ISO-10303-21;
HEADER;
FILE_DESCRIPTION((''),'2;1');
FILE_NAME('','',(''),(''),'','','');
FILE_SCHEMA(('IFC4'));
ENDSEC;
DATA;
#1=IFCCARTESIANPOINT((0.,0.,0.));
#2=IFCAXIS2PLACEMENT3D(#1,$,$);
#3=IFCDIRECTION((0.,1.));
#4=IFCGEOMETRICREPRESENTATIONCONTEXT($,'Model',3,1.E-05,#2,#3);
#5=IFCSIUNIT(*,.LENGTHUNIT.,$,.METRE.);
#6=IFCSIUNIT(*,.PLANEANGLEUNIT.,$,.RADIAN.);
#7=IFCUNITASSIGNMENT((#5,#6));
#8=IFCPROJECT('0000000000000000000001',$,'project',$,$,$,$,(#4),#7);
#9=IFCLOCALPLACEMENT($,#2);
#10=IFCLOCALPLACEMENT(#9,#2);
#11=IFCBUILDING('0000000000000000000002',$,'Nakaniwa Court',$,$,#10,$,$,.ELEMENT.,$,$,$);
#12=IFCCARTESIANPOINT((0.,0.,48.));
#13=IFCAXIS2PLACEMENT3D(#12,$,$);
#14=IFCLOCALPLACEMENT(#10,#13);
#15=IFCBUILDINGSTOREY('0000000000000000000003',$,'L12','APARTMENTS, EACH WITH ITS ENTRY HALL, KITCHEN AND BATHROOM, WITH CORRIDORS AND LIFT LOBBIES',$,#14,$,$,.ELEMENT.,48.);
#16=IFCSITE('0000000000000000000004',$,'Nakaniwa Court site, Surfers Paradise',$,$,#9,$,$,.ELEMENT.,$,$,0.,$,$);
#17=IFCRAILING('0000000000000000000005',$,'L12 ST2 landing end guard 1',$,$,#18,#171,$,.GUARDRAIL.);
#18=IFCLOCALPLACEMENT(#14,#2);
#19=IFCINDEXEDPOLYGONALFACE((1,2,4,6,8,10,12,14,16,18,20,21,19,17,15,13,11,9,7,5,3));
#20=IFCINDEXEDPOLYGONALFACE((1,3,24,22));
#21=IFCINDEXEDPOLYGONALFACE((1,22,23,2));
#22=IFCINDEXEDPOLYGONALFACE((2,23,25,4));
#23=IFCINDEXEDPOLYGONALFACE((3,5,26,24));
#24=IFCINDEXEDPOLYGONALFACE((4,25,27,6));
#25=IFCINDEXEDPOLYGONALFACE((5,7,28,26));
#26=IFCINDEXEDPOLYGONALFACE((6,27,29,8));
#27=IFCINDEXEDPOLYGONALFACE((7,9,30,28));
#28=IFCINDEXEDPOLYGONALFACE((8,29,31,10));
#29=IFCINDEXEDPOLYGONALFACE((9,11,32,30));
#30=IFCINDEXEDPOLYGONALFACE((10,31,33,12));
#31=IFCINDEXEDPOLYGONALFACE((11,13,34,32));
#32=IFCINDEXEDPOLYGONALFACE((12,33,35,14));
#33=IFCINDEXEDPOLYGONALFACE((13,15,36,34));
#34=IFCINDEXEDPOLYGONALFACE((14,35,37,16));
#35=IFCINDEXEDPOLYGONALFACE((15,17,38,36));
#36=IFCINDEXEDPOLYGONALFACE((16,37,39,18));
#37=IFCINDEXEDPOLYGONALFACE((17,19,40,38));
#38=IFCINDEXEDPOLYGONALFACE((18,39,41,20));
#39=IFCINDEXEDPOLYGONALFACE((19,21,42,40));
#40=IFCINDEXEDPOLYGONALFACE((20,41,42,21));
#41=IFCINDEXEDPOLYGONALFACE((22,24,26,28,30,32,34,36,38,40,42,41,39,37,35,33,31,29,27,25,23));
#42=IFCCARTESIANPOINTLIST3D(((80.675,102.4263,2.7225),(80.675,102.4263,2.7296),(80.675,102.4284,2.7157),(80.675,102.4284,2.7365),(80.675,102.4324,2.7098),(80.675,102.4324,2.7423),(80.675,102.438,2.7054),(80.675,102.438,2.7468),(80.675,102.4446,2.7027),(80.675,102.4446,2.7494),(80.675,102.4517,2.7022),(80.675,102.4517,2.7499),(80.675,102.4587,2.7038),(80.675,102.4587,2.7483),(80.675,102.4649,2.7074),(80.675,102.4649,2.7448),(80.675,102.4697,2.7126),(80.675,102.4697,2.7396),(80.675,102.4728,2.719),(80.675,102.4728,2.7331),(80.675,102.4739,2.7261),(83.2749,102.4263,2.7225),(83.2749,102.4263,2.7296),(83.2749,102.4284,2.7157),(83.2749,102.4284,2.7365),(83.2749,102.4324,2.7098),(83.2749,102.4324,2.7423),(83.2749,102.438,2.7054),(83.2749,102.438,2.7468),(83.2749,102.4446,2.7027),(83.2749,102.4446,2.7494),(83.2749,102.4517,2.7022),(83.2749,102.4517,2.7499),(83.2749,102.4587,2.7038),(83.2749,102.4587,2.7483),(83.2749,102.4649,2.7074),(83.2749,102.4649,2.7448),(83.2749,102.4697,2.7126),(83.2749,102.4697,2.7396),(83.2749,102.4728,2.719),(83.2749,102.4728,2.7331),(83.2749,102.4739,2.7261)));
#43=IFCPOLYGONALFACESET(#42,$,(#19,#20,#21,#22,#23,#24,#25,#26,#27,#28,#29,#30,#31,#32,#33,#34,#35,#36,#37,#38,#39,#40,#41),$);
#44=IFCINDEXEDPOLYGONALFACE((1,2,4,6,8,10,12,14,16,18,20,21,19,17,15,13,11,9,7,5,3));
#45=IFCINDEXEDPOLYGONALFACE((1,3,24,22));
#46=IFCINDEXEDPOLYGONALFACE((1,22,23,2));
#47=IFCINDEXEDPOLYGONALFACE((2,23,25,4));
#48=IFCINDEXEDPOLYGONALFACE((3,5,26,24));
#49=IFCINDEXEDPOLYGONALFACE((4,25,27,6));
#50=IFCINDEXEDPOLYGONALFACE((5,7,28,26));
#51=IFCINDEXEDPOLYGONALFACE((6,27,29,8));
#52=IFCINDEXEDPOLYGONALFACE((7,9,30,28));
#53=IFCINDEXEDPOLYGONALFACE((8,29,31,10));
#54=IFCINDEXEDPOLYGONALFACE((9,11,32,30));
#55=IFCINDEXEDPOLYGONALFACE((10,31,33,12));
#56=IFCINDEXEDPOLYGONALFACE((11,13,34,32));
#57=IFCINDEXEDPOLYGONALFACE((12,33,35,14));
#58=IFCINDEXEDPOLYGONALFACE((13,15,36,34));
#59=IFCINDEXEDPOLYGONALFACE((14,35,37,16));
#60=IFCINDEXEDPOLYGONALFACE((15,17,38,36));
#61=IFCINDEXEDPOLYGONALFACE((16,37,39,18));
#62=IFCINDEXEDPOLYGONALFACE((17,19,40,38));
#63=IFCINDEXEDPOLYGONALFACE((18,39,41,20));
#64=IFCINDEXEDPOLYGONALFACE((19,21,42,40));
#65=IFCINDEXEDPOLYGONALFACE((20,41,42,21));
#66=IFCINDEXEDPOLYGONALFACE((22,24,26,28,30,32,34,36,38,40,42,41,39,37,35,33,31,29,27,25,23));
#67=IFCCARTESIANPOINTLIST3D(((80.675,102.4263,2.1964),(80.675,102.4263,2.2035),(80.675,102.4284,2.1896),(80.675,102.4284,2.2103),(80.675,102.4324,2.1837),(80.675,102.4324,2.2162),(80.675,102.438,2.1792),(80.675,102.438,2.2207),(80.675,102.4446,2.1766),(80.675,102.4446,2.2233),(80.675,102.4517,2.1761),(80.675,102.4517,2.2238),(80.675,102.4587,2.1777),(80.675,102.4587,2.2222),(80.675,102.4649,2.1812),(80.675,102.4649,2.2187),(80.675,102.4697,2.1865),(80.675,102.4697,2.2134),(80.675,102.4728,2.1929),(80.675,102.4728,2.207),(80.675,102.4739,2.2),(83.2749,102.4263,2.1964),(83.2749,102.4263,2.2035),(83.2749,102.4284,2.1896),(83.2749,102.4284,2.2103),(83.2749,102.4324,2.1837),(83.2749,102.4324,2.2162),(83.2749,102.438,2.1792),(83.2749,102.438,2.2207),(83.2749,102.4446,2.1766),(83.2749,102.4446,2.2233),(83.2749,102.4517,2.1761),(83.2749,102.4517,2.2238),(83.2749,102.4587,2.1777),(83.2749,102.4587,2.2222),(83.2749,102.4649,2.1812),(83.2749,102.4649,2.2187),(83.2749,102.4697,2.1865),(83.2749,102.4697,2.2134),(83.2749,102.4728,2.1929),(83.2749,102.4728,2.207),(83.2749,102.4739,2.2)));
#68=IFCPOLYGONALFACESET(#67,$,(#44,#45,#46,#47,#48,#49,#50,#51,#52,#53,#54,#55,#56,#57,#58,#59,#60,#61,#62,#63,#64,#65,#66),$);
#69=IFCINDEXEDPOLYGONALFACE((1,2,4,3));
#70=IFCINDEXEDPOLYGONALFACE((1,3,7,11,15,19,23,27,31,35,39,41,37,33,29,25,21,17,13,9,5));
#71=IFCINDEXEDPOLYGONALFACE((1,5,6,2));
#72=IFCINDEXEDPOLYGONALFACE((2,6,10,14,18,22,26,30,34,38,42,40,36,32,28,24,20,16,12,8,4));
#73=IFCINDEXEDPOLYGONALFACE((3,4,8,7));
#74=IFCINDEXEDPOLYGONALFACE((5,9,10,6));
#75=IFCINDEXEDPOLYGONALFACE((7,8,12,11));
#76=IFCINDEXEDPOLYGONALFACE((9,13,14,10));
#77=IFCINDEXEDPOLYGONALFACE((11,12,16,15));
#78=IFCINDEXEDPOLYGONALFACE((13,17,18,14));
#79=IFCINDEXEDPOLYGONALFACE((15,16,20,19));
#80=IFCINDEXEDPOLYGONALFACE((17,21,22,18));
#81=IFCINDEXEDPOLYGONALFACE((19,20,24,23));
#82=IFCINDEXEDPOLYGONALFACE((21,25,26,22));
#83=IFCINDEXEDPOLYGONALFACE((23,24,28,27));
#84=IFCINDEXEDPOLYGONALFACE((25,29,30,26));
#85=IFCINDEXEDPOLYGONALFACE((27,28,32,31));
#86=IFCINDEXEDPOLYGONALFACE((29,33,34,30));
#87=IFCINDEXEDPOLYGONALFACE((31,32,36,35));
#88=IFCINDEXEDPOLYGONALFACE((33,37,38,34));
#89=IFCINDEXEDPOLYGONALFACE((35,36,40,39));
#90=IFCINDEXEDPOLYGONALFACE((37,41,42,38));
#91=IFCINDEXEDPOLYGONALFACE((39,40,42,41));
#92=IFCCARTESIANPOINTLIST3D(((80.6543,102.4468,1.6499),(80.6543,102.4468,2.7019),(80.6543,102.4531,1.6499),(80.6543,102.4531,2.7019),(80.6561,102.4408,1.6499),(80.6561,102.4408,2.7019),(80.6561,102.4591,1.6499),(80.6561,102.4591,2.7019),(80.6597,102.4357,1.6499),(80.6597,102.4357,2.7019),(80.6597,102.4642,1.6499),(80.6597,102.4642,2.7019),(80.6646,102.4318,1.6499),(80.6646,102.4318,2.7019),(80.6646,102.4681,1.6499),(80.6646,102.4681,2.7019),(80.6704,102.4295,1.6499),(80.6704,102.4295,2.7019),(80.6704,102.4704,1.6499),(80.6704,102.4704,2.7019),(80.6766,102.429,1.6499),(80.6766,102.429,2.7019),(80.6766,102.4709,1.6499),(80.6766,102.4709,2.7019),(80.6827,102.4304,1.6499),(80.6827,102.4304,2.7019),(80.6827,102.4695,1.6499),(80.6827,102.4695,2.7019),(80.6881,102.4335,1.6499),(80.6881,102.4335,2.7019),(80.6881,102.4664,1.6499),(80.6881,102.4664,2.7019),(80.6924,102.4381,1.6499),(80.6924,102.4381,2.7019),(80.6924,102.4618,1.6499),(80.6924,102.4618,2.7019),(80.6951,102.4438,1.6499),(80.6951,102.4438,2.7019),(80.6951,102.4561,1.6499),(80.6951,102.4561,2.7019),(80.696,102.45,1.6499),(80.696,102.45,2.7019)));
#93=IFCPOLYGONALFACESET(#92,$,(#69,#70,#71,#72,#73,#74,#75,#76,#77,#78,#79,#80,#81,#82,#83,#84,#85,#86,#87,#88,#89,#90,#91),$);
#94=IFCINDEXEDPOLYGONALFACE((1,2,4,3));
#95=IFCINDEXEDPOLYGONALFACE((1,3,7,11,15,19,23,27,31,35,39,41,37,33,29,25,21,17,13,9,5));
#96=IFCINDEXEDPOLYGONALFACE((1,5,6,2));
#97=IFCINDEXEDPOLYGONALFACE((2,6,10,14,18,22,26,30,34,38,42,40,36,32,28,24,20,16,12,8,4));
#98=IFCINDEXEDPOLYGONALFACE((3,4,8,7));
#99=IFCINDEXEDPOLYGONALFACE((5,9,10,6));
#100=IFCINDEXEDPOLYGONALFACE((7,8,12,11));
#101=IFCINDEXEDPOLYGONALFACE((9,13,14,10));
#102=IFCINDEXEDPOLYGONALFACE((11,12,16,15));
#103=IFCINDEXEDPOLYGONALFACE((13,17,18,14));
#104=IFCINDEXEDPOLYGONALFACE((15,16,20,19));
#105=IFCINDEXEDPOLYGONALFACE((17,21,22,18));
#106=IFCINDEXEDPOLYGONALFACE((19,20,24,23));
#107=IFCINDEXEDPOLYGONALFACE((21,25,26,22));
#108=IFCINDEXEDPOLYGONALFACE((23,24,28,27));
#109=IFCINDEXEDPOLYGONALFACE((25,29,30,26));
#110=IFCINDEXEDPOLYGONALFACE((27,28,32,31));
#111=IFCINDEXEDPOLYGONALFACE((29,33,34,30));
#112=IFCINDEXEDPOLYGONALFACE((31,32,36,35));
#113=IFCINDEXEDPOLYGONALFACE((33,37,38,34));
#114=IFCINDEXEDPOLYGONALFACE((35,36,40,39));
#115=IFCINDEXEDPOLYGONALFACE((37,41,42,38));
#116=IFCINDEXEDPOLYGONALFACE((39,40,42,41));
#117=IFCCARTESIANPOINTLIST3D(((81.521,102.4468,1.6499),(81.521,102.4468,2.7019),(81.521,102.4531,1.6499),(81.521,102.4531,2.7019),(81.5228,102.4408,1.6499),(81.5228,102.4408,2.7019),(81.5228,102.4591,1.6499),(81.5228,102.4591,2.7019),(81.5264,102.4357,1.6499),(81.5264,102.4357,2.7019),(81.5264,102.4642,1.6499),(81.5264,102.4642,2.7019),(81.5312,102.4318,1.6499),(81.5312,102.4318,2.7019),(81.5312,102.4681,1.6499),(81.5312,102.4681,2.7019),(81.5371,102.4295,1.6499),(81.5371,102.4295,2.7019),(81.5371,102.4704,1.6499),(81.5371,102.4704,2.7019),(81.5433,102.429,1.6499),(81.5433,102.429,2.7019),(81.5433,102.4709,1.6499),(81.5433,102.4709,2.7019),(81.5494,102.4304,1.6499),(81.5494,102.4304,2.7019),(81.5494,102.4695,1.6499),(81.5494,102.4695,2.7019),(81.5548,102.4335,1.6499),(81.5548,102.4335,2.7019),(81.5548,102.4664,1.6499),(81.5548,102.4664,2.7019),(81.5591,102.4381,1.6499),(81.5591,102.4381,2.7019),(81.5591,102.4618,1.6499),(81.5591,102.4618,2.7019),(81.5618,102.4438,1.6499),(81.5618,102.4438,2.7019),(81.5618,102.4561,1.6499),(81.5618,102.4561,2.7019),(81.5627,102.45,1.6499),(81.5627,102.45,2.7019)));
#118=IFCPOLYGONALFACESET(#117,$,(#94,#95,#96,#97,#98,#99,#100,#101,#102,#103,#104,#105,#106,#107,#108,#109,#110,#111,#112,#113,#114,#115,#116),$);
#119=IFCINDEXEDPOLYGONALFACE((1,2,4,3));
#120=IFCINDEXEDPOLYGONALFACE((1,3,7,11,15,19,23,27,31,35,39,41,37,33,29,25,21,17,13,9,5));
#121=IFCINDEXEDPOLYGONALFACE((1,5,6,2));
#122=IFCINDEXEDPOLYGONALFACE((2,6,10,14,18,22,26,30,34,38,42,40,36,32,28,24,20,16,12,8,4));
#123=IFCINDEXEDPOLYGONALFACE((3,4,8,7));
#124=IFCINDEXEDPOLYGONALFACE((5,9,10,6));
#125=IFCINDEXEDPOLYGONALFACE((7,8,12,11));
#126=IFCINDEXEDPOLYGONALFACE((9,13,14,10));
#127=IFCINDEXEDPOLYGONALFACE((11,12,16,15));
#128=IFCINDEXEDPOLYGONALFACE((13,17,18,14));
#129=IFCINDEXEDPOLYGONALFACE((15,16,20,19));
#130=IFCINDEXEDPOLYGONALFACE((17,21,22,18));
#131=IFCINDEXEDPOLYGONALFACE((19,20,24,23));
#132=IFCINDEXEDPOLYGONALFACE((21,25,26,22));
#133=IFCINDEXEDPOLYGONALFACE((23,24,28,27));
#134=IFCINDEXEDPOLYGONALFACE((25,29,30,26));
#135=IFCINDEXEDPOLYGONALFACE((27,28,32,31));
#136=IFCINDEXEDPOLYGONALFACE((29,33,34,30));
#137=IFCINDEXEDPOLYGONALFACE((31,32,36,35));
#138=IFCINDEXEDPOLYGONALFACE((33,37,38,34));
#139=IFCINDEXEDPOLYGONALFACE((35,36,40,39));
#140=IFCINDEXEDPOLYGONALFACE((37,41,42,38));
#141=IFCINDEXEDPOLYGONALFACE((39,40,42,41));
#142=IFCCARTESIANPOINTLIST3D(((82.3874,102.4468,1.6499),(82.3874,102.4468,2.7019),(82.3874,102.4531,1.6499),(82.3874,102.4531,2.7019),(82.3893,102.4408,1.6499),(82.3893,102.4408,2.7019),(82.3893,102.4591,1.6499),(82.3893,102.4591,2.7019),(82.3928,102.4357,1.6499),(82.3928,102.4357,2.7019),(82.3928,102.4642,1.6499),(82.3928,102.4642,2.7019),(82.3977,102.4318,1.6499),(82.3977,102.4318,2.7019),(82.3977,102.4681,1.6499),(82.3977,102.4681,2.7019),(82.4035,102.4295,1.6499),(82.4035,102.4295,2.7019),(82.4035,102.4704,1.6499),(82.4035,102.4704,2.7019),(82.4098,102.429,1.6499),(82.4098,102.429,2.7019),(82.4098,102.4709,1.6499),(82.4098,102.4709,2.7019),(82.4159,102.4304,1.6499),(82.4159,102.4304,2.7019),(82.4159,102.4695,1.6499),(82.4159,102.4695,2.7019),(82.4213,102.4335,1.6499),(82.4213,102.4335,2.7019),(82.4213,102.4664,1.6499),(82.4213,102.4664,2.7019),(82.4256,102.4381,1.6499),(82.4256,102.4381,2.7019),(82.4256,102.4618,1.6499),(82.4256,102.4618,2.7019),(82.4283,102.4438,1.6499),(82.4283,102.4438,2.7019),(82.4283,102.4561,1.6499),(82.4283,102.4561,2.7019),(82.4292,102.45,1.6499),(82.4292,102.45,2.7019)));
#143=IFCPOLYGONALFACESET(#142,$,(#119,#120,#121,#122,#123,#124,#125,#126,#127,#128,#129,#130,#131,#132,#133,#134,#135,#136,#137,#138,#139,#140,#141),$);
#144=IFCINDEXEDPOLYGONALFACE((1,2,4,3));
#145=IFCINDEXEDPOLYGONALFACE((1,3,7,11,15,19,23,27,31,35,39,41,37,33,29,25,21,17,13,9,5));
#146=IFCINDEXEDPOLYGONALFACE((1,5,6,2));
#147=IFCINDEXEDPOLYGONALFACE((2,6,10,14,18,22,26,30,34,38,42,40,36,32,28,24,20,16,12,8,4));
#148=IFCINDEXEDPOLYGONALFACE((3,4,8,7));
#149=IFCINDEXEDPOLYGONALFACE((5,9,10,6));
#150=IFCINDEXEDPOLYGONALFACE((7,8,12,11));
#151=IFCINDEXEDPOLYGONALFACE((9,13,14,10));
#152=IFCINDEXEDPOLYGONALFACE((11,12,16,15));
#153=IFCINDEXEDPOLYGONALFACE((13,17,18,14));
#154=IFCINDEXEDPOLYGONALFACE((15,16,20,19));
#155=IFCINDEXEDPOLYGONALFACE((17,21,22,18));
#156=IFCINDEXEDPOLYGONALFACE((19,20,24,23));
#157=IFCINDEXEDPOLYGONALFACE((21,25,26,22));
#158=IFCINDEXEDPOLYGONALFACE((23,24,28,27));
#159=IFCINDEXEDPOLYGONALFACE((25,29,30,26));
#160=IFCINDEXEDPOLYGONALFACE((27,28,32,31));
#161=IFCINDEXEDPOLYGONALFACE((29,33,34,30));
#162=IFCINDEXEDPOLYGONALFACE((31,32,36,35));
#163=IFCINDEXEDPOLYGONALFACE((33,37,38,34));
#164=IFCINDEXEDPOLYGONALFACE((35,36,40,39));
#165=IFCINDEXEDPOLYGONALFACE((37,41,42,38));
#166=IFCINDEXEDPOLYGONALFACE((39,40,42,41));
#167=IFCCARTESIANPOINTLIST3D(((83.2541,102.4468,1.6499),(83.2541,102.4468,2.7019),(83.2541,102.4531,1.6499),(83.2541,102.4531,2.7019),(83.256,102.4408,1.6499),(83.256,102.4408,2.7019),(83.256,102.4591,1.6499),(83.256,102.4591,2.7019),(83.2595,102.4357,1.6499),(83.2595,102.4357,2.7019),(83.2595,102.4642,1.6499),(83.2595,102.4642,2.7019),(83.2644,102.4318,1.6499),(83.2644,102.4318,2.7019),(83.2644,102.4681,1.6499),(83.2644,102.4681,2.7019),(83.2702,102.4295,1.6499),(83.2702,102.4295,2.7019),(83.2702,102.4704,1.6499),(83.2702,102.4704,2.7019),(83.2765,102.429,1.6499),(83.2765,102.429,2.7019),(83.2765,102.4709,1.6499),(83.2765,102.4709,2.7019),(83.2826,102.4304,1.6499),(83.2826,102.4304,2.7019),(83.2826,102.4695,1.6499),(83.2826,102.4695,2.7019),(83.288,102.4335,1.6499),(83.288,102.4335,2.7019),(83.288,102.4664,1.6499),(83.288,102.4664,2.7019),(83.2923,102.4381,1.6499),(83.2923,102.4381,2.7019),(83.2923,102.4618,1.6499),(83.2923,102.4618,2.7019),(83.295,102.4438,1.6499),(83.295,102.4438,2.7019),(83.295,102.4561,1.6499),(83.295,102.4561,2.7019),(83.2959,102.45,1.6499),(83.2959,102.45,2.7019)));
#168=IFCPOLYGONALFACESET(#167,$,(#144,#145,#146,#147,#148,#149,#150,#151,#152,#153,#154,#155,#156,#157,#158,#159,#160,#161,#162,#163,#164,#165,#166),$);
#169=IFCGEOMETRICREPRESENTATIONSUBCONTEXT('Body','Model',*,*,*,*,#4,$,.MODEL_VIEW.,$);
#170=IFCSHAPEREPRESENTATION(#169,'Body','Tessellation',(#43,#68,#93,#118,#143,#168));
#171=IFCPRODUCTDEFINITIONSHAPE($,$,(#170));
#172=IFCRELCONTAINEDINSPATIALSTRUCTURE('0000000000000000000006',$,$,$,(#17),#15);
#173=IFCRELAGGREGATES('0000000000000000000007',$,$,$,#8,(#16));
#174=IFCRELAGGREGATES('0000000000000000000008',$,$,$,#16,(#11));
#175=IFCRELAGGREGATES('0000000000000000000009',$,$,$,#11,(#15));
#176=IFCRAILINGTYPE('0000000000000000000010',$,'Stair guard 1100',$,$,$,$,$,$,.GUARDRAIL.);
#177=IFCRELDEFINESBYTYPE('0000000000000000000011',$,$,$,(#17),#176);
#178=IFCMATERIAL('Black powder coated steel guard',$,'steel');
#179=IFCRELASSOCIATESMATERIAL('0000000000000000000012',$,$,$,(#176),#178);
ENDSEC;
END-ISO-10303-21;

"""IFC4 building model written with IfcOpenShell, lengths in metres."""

from ifc_helpers import new_model, si_unit, direction, frame, origin, origin_2d, place, context, subcontext, project, spatial, circle, extrude, material, type_object, element, save


model = new_model("IFC4")

# Units and contexts
model_context = context("Model", 3, precision=1e-05, world=origin(), true_north=direction((0.0, 1.0)))
body_context = subcontext(model_context, "Body", "Model", "MODEL_VIEW")
ifc_project = project(units=[si_unit("LENGTHUNIT", "METRE"), si_unit("PLANEANGLEUNIT", "RADIAN")], contexts=[model_context])

# Site, building, storey
site_placement = place(None, origin())
site = spatial("IfcSite", under=ifc_project, at=site_placement, Name="Nakaniwa Court site, Surfers Paradise", CompositionType="ELEMENT", RefElevation=0.0)
building_placement = place(site_placement, origin())
building = spatial("IfcBuilding", under=site, at=building_placement, Name="Nakaniwa Court", CompositionType="ELEMENT")
storey_placement = place(building_placement, frame((0.0, 0.0, 48.0)))
storey = spatial("IfcBuildingStorey", under=building, at=storey_placement, Name="L12", Description="APARTMENTS, EACH WITH ITS ENTRY HALL, KITCHEN AND BATHROOM, WITH CORRIDORS AND LIFT LOBBIES", CompositionType="ELEMENT", Elevation=48.0)

# Railing
ifc_material_1 = material(Name="Black powder coated steel guard", Category="steel")
railing_type_1 = type_object("IfcRailingType", Name="Stair guard 1100", PredefinedType="GUARDRAIL", material=ifc_material_1)
railing_1_placement = place(storey_placement, frame((80.675, 102.45, 1.6499)))
element("IfcRailing", 1, at=railing_1_placement, inside=storey, type_object=railing_type_1, Name="L12 ST2 landing end guard 1", PredefinedType="GUARDRAIL", context=body_context, shape_type="SweptSolid", body=[
    extrude(circle(Radius=0.0239, at=origin_2d()), frame((0.0, 0.0, 1.0762), z_axis=(1.0, 0.0, 0.0), x_axis=(0.0, 1.0, 0.0)), (0.0, 0.0, 1.0), 2.5999),
    extrude(circle(Radius=0.0239, at=origin_2d()), frame((0.0, 0.0, 0.55), z_axis=(1.0, 0.0, 0.0), x_axis=(0.0, 1.0, 0.0)), (0.0, 0.0, 1.0), 2.5999),
    extrude(circle(Radius=0.021, at=origin_2d()), origin(), (0.0, 0.0, 1.0), 1.052),
    extrude(circle(Radius=0.021, at=origin_2d()), frame((0.8667, 0.0, 0.0)), (0.0, 0.0, 1.0), 1.052),
    extrude(circle(Radius=0.021, at=origin_2d()), frame((1.7332, 0.0, 0.0)), (0.0, 0.0, 1.0), 1.052),
    extrude(circle(Radius=0.021, at=origin_2d()), frame((2.5999, 0.0, 0.0)), (0.0, 0.0, 1.0), 1.052),
])

save(model, "model.ifc")
